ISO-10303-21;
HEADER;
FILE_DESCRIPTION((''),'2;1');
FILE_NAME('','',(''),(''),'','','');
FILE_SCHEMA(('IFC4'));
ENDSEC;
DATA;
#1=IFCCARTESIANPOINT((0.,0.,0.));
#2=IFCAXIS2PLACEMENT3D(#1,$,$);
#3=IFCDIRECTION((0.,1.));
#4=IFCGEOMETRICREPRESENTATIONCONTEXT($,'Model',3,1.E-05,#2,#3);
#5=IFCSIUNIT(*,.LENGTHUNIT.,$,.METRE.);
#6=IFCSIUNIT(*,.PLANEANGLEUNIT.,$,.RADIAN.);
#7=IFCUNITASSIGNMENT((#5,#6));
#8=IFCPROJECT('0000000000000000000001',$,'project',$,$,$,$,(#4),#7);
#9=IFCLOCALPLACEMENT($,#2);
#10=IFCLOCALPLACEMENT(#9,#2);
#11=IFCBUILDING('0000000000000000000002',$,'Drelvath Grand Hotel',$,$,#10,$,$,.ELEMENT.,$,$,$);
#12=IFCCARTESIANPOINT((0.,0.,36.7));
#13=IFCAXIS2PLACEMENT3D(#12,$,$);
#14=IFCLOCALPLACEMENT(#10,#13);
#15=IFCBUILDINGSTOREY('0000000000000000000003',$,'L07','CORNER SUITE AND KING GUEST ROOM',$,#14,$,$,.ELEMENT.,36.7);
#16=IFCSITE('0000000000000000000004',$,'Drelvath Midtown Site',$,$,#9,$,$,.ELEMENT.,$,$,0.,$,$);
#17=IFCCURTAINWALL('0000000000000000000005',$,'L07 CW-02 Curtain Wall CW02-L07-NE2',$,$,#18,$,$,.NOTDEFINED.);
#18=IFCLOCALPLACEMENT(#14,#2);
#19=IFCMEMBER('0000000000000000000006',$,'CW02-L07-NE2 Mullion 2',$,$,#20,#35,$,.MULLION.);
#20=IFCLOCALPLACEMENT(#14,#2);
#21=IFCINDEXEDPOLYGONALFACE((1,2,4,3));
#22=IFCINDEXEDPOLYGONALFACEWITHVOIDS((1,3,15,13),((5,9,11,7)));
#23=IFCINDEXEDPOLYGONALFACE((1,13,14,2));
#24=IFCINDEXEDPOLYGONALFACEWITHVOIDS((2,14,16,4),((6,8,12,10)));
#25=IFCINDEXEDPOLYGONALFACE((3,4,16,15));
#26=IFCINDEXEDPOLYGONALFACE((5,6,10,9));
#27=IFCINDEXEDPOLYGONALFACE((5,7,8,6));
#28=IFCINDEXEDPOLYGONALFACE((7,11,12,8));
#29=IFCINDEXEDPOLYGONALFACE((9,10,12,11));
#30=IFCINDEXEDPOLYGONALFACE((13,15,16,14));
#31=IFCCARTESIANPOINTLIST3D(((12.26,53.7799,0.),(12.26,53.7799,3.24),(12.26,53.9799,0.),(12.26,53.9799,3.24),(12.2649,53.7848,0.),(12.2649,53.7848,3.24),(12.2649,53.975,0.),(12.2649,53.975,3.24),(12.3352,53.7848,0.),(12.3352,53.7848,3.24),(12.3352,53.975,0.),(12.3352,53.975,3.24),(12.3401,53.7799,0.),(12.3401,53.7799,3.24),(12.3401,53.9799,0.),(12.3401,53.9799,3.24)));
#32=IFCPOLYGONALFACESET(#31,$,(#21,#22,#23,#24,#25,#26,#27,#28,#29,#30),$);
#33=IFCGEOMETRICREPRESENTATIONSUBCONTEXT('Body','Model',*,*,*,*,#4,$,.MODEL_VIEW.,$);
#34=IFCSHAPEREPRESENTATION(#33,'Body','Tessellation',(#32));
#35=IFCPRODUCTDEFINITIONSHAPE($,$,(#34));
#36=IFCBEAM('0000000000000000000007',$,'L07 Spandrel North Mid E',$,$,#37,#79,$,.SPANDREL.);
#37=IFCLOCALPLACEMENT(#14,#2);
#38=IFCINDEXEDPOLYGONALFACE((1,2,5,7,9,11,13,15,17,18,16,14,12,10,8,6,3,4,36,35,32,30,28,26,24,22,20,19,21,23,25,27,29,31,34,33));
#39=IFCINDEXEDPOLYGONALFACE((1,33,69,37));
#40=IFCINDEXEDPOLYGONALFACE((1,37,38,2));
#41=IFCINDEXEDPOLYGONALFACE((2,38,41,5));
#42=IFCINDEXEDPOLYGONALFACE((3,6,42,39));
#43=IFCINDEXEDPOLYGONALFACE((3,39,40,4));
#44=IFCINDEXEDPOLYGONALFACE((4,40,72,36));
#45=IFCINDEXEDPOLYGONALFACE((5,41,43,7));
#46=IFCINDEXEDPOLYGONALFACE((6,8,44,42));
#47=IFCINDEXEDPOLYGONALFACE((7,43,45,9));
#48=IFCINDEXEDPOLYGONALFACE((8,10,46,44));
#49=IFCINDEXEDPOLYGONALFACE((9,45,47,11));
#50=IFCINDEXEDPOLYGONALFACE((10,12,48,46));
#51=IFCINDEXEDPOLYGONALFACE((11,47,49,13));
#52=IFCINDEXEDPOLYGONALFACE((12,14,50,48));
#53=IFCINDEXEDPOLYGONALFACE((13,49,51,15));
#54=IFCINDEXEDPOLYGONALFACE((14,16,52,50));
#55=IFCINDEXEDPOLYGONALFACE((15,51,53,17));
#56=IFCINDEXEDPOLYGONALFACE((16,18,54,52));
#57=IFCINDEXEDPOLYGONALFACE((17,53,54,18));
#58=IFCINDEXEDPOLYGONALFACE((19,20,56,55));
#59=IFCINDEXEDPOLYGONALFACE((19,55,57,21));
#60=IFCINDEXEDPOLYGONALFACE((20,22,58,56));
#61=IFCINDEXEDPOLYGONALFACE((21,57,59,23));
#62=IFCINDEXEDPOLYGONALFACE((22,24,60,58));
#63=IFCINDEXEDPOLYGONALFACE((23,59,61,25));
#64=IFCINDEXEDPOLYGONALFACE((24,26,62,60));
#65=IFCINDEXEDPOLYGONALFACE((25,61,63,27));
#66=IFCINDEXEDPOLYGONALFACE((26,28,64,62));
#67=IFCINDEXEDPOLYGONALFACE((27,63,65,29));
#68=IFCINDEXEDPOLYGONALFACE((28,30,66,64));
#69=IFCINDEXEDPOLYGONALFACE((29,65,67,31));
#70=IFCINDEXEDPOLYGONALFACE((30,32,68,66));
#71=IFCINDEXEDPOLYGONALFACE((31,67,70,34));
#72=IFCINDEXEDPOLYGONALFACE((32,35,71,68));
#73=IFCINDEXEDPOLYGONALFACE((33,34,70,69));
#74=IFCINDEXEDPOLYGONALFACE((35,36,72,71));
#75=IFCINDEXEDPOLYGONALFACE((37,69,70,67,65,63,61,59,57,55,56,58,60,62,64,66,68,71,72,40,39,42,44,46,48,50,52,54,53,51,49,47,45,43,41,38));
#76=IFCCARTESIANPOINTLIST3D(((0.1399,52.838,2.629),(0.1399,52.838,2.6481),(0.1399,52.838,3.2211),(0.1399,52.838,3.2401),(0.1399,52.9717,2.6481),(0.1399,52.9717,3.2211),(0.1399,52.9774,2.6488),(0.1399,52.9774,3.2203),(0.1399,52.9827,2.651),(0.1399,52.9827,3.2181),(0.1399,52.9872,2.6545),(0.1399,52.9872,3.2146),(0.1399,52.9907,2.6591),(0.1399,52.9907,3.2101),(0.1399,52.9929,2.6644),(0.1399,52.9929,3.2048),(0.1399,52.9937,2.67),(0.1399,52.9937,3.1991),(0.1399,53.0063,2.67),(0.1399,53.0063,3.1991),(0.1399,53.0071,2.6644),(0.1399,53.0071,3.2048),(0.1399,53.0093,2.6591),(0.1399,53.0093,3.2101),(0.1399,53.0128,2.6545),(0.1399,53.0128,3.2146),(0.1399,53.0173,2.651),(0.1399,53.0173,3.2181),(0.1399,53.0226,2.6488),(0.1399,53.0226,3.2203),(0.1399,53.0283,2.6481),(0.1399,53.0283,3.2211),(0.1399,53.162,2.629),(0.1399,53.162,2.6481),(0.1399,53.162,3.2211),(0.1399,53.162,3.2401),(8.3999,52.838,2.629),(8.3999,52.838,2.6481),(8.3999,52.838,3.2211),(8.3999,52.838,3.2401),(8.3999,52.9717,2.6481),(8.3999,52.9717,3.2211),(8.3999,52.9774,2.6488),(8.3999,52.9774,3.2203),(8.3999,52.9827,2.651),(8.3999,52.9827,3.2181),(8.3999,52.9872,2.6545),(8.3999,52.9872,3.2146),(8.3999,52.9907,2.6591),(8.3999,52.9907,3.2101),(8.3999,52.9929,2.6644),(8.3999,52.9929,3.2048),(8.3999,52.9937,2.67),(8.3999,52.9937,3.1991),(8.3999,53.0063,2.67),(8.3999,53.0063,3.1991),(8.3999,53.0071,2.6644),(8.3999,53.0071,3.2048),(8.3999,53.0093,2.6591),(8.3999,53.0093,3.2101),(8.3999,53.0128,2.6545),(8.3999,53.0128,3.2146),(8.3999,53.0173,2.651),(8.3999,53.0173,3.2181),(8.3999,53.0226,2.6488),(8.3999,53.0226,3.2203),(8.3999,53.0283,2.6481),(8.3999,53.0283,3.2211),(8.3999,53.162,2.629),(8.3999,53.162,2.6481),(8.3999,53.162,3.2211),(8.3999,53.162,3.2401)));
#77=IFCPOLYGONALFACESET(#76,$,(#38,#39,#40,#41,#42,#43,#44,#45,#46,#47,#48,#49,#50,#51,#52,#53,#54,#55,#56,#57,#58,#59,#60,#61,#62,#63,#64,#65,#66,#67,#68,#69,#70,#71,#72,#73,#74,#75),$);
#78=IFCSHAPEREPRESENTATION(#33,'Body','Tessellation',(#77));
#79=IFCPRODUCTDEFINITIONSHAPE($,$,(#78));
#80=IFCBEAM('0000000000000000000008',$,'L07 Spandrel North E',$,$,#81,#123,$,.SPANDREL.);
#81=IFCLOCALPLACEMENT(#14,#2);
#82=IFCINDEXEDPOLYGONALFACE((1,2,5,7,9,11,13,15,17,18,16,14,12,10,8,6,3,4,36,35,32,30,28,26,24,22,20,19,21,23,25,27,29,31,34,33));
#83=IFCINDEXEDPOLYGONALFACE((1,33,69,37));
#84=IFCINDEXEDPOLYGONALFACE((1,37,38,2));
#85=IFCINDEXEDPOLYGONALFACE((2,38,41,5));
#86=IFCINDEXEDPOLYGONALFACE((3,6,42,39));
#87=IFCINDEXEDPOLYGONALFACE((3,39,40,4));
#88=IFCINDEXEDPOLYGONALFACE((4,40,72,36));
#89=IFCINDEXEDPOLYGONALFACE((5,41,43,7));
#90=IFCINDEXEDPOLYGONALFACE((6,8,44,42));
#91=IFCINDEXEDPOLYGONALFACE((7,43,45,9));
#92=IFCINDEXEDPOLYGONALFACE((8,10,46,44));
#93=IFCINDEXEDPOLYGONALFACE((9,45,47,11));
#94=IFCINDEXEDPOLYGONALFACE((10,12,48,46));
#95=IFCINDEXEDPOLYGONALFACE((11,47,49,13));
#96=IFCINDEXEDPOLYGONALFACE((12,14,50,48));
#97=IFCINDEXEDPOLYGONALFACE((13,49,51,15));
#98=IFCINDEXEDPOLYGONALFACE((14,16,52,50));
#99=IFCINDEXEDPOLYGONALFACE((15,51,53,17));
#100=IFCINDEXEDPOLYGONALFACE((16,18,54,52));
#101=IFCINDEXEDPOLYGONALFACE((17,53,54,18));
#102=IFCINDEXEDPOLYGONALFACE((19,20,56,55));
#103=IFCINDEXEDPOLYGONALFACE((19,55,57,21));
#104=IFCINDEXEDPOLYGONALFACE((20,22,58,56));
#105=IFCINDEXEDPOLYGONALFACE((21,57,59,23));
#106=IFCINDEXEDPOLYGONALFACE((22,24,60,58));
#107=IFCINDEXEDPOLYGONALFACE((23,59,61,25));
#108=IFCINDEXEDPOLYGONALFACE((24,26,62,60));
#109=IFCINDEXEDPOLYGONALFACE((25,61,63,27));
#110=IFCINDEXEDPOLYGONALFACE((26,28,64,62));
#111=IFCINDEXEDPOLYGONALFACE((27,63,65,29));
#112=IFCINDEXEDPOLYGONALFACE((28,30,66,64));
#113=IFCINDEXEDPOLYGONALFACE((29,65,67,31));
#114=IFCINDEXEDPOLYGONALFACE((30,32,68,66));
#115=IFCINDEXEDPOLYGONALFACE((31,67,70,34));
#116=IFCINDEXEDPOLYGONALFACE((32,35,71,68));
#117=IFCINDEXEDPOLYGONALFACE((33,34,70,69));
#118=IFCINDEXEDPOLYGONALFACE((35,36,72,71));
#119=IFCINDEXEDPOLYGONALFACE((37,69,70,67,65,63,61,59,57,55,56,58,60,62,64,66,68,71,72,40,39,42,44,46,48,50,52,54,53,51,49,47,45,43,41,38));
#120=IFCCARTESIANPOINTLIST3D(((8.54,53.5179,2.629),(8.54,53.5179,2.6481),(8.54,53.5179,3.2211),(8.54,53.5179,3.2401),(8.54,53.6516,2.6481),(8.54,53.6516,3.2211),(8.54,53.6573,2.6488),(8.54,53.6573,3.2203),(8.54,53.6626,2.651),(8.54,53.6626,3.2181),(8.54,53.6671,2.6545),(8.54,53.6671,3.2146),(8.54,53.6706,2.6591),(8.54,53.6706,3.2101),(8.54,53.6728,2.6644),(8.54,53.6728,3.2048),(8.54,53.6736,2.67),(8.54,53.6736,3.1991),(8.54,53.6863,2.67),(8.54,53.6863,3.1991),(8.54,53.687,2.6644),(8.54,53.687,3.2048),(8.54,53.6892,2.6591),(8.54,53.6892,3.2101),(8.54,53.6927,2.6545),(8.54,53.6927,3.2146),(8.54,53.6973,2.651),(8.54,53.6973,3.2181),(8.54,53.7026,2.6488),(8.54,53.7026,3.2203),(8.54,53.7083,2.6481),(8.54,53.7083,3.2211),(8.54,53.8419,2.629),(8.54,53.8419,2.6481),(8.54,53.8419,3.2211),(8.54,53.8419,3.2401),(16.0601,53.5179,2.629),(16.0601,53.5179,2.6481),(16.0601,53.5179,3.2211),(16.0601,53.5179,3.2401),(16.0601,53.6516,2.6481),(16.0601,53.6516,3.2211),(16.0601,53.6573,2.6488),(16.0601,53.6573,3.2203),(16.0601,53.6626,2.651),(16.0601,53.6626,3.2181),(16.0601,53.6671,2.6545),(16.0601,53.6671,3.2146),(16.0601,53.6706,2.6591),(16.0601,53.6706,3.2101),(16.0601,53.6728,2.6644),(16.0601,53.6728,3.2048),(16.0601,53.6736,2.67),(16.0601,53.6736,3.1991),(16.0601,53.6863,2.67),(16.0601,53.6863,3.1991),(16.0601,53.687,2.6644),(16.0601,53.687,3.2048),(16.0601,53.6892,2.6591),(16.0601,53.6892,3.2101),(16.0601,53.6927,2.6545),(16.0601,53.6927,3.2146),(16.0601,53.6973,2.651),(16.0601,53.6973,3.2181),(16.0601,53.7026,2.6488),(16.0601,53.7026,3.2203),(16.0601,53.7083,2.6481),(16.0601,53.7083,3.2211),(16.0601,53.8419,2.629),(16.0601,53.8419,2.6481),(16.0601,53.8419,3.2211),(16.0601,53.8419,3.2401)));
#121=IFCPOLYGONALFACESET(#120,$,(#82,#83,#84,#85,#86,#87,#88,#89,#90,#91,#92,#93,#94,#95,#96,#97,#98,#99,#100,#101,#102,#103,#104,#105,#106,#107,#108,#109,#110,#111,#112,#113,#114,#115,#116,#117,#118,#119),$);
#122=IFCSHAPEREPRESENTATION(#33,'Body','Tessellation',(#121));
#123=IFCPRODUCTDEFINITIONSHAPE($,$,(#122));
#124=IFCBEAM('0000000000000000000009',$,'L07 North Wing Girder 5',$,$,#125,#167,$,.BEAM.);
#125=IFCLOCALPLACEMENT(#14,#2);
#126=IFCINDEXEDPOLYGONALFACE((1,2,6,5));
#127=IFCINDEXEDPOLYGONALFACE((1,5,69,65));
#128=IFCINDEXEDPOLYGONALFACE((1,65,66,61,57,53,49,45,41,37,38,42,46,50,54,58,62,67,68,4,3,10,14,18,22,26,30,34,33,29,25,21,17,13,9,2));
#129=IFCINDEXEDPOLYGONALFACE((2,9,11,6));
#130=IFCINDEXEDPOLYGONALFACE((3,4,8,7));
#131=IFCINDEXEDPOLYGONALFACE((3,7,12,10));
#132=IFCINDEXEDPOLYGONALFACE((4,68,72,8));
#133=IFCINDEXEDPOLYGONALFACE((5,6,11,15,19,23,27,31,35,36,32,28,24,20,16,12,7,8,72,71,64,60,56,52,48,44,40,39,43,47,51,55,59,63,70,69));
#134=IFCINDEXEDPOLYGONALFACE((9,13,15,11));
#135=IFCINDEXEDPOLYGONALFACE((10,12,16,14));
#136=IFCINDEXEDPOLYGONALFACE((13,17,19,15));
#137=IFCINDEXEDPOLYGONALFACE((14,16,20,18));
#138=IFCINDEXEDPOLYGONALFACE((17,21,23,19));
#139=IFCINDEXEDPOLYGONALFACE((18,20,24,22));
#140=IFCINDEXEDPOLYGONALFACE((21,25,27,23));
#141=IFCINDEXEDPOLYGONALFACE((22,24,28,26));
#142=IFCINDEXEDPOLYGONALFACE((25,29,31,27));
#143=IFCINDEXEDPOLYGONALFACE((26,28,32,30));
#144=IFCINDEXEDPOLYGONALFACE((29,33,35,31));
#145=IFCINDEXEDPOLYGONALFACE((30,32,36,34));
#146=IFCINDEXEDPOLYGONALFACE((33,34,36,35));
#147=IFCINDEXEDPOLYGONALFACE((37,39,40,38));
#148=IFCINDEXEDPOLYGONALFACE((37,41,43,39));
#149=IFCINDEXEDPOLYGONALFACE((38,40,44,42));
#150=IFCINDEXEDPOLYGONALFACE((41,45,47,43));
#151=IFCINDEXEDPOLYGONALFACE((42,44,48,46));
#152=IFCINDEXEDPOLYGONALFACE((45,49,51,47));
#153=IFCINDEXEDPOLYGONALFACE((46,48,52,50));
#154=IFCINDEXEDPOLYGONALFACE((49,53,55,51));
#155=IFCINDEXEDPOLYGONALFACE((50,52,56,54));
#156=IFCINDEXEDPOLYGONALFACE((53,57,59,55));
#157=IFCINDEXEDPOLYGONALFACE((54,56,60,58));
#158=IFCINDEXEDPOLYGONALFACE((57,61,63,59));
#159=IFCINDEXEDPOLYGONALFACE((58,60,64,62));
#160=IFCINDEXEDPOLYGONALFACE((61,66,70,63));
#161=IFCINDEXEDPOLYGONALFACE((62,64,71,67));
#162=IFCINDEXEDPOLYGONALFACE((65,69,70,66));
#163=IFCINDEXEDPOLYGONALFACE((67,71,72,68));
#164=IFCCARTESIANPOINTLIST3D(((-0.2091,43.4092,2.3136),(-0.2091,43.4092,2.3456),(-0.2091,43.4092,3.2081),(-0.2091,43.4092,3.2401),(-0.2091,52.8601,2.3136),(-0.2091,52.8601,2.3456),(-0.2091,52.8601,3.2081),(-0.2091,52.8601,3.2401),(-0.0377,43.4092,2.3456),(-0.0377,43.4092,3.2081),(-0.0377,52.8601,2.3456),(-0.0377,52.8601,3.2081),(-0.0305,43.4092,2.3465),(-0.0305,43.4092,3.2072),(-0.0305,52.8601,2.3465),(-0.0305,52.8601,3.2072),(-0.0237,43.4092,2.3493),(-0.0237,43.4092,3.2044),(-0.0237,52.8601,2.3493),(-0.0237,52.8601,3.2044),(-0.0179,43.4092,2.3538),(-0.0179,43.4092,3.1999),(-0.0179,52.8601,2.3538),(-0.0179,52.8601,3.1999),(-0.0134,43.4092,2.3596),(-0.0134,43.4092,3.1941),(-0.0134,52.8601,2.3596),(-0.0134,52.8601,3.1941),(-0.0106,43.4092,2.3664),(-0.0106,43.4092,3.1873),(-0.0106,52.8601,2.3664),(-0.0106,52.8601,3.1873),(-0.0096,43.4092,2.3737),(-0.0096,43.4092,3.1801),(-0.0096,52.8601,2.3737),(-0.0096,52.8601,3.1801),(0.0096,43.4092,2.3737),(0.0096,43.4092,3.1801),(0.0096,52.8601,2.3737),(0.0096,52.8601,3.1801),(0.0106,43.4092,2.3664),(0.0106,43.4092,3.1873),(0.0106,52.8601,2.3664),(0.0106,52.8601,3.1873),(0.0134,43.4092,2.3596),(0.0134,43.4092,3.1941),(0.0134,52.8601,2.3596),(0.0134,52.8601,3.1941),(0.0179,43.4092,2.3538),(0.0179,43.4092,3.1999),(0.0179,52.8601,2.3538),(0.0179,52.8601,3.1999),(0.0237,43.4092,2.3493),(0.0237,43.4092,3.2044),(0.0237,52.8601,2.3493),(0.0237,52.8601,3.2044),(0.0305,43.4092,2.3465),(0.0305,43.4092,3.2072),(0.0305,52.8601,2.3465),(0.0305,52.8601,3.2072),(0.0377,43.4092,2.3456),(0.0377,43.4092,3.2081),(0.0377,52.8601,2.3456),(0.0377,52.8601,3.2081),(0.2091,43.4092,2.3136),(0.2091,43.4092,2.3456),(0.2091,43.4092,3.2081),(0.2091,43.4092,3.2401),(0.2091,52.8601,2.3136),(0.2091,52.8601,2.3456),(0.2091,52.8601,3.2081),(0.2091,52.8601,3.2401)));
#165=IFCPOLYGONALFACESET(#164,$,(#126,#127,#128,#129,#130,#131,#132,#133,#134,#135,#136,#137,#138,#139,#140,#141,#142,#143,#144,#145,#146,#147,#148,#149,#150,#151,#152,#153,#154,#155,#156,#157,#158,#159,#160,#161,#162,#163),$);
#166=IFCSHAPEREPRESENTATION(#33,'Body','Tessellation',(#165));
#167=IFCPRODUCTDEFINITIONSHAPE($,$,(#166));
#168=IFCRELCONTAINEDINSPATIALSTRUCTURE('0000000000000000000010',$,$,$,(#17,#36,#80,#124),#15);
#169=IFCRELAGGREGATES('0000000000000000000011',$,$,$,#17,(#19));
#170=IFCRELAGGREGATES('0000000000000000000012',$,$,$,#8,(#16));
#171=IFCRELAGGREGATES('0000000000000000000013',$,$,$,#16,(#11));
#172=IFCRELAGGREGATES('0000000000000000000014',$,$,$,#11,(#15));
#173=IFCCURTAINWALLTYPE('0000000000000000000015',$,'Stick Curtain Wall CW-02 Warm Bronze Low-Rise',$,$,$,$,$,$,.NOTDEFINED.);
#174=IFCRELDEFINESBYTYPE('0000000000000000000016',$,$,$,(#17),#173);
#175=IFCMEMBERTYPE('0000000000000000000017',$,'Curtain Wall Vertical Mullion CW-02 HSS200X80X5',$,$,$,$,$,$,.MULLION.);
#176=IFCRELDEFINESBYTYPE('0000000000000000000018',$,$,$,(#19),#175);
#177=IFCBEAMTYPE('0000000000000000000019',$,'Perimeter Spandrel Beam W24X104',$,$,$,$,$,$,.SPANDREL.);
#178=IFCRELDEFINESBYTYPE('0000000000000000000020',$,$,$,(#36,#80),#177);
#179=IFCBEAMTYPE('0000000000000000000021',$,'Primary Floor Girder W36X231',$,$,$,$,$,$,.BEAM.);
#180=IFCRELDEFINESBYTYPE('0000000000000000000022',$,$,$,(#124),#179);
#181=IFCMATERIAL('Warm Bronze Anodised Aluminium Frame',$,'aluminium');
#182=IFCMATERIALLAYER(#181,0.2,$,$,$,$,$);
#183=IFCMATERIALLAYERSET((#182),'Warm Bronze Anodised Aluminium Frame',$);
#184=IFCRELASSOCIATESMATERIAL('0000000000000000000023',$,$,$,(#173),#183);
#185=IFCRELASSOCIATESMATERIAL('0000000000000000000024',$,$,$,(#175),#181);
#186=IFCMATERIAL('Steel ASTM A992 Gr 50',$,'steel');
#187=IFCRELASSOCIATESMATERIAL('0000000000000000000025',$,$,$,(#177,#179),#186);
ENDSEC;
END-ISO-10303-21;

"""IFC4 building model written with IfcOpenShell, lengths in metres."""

from ifc_helpers import new_model, si_unit, direction, frame, origin, origin_2d, place, context, subcontext, project, spatial, hollow_rectangle, i_section, extrude, material, layer, layer_set, material_profile, profile_set, type_object, element, aggregate, save


model = new_model("IFC4")

# Units and contexts
model_context = context("Model", 3, precision=1e-05, world=origin(), true_north=direction((0.0, 1.0)))
body_context = subcontext(model_context, "Body", "Model", "MODEL_VIEW")
ifc_project = project(units=[si_unit("LENGTHUNIT", "METRE"), si_unit("PLANEANGLEUNIT", "RADIAN")], contexts=[model_context])

# Site, building, storey
site_placement = place(None, origin())
site = spatial("IfcSite", under=ifc_project, at=site_placement, Name="Drelvath Midtown Site", CompositionType="ELEMENT", RefElevation=0.0)
building_placement = place(site_placement, origin())
building = spatial("IfcBuilding", under=site, at=building_placement, Name="Drelvath Grand Hotel", CompositionType="ELEMENT")
storey_placement = place(building_placement, frame((0.0, 0.0, 36.7)))
storey = spatial("IfcBuildingStorey", under=building, at=storey_placement, Name="L07", Description="CORNER SUITE AND KING GUEST ROOM", CompositionType="ELEMENT", Elevation=36.7)

# Curtain wall
ifc_material_1 = material(Name="Warm Bronze Anodised Aluminium Frame", Category="aluminium")
ifc_layer_1 = layer(ifc_material_1, 0.2)
ifc_layer_set_1 = layer_set([ifc_layer_1], Name="Warm Bronze Anodised Aluminium Frame")
curtain_wall_type = type_object("IfcCurtainWallType", Name="Stick Curtain Wall CW-02 Warm Bronze Low-Rise", PredefinedType="NOTDEFINED", material=ifc_layer_set_1)
curtain_wall_1_placement = place(storey_placement, origin())
curtain_wall_1 = element("IfcCurtainWall", 1, at=curtain_wall_1_placement, inside=storey, type_object=curtain_wall_type, Name="L07 CW-02 Curtain Wall CW02-L07-NE2", PredefinedType="NOTDEFINED")

# Member
ifc_material_profile_1 = material_profile(ifc_material_1, hollow_rectangle(XDim=0.0801, YDim=0.2, WallThickness=0.0049, at=origin_2d()), Name="HSS200X80X5")
ifc_profile_set_1 = profile_set([ifc_material_profile_1], Name="Warm Bronze Anodised Aluminium Frame")
member_type_1 = type_object("IfcMemberType", Name="Curtain Wall Vertical Mullion CW-02 HSS200X80X5", PredefinedType="MULLION", material=ifc_profile_set_1)
member_1_placement = place(storey_placement, frame((12.3, 53.8799, 0.0), z_axis=(0.0, 0.0, 1.0), x_axis=(1.0, 0.0, 0.0)))
member_1 = element("IfcMember", 2, at=member_1_placement, type_object=member_type_1, Name="CW02-L07-NE2 Mullion 2", PredefinedType="MULLION", context=body_context, shape_type="SweptSolid", body=[
    extrude(hollow_rectangle(XDim=0.0801, YDim=0.2, WallThickness=0.0049, at=origin_2d()), origin(), (0.0, 0.0, 1.0), 3.24),
])

# Beams
ifc_material_2 = material(Name="Steel ASTM A992 Gr 50", Category="steel")
ifc_material_profile_2 = material_profile(ifc_material_2, i_section(OverallWidth=0.324, OverallDepth=0.6111, WebThickness=0.0127, FlangeThickness=0.019, FilletRadius=0.022, at=origin_2d()), Name="W24X104")
ifc_profile_set_2 = profile_set([ifc_material_profile_2], Name="Steel ASTM A992 Gr 50")
beam_type_1 = type_object("IfcBeamType", Name="Perimeter Spandrel Beam W24X104", PredefinedType="SPANDREL", material=ifc_profile_set_2)
beam_1_placement = place(storey_placement, frame((0.1399, 53.0, 2.9346), z_axis=(1.0, 0.0, 0.0), x_axis=(0.0, 1.0, 0.0)))
element("IfcBeam", 3, at=beam_1_placement, inside=storey, type_object=beam_type_1, Name="L07 Spandrel North Mid E", PredefinedType="SPANDREL", context=body_context, shape_type="SweptSolid", body=[
    extrude(i_section(OverallWidth=0.324, OverallDepth=0.6111, WebThickness=0.0127, FlangeThickness=0.019, FilletRadius=0.022, at=origin_2d()), origin(), (0.0, 0.0, 1.0), 8.26),
])
beam_2_placement = place(storey_placement, frame((8.54, 53.6799, 2.9346), z_axis=(1.0, 0.0, 0.0), x_axis=(0.0, 1.0, 0.0)))
element("IfcBeam", 4, at=beam_2_placement, inside=storey, type_object=beam_type_1, Name="L07 Spandrel North E", PredefinedType="SPANDREL", context=body_context, shape_type="SweptSolid", body=[
    extrude(i_section(OverallWidth=0.324, OverallDepth=0.6111, WebThickness=0.0127, FlangeThickness=0.019, FilletRadius=0.022, at=origin_2d()), origin(), (0.0, 0.0, 1.0), 7.52),
])
ifc_material_profile_3 = material_profile(ifc_material_2, i_section(OverallWidth=0.4182, OverallDepth=0.9265, WebThickness=0.0193, FlangeThickness=0.032, FilletRadius=0.0281, at=origin_2d()), Name="W36X231")
ifc_profile_set_3 = profile_set([ifc_material_profile_3], Name="Steel ASTM A992 Gr 50")
beam_type_2 = type_object("IfcBeamType", Name="Primary Floor Girder W36X231", PredefinedType="BEAM", material=ifc_profile_set_3)
beam_3_placement = place(storey_placement, frame((0.0, 43.4092, 2.7769), z_axis=(0.0, 1.0, 0.0), x_axis=(-1.0, 0.0, 0.0)))
element("IfcBeam", 5, at=beam_3_placement, inside=storey, type_object=beam_type_2, Name="L07 North Wing Girder 5", PredefinedType="BEAM", context=body_context, shape_type="SweptSolid", body=[
    extrude(i_section(OverallWidth=0.4182, OverallDepth=0.9265, WebThickness=0.0193, FlangeThickness=0.032, FilletRadius=0.0281, at=origin_2d()), origin(), (0.0, 0.0, 1.0), 9.4509),
])

aggregate(curtain_wall_1, [member_1])

save(model, "model.ifc")
